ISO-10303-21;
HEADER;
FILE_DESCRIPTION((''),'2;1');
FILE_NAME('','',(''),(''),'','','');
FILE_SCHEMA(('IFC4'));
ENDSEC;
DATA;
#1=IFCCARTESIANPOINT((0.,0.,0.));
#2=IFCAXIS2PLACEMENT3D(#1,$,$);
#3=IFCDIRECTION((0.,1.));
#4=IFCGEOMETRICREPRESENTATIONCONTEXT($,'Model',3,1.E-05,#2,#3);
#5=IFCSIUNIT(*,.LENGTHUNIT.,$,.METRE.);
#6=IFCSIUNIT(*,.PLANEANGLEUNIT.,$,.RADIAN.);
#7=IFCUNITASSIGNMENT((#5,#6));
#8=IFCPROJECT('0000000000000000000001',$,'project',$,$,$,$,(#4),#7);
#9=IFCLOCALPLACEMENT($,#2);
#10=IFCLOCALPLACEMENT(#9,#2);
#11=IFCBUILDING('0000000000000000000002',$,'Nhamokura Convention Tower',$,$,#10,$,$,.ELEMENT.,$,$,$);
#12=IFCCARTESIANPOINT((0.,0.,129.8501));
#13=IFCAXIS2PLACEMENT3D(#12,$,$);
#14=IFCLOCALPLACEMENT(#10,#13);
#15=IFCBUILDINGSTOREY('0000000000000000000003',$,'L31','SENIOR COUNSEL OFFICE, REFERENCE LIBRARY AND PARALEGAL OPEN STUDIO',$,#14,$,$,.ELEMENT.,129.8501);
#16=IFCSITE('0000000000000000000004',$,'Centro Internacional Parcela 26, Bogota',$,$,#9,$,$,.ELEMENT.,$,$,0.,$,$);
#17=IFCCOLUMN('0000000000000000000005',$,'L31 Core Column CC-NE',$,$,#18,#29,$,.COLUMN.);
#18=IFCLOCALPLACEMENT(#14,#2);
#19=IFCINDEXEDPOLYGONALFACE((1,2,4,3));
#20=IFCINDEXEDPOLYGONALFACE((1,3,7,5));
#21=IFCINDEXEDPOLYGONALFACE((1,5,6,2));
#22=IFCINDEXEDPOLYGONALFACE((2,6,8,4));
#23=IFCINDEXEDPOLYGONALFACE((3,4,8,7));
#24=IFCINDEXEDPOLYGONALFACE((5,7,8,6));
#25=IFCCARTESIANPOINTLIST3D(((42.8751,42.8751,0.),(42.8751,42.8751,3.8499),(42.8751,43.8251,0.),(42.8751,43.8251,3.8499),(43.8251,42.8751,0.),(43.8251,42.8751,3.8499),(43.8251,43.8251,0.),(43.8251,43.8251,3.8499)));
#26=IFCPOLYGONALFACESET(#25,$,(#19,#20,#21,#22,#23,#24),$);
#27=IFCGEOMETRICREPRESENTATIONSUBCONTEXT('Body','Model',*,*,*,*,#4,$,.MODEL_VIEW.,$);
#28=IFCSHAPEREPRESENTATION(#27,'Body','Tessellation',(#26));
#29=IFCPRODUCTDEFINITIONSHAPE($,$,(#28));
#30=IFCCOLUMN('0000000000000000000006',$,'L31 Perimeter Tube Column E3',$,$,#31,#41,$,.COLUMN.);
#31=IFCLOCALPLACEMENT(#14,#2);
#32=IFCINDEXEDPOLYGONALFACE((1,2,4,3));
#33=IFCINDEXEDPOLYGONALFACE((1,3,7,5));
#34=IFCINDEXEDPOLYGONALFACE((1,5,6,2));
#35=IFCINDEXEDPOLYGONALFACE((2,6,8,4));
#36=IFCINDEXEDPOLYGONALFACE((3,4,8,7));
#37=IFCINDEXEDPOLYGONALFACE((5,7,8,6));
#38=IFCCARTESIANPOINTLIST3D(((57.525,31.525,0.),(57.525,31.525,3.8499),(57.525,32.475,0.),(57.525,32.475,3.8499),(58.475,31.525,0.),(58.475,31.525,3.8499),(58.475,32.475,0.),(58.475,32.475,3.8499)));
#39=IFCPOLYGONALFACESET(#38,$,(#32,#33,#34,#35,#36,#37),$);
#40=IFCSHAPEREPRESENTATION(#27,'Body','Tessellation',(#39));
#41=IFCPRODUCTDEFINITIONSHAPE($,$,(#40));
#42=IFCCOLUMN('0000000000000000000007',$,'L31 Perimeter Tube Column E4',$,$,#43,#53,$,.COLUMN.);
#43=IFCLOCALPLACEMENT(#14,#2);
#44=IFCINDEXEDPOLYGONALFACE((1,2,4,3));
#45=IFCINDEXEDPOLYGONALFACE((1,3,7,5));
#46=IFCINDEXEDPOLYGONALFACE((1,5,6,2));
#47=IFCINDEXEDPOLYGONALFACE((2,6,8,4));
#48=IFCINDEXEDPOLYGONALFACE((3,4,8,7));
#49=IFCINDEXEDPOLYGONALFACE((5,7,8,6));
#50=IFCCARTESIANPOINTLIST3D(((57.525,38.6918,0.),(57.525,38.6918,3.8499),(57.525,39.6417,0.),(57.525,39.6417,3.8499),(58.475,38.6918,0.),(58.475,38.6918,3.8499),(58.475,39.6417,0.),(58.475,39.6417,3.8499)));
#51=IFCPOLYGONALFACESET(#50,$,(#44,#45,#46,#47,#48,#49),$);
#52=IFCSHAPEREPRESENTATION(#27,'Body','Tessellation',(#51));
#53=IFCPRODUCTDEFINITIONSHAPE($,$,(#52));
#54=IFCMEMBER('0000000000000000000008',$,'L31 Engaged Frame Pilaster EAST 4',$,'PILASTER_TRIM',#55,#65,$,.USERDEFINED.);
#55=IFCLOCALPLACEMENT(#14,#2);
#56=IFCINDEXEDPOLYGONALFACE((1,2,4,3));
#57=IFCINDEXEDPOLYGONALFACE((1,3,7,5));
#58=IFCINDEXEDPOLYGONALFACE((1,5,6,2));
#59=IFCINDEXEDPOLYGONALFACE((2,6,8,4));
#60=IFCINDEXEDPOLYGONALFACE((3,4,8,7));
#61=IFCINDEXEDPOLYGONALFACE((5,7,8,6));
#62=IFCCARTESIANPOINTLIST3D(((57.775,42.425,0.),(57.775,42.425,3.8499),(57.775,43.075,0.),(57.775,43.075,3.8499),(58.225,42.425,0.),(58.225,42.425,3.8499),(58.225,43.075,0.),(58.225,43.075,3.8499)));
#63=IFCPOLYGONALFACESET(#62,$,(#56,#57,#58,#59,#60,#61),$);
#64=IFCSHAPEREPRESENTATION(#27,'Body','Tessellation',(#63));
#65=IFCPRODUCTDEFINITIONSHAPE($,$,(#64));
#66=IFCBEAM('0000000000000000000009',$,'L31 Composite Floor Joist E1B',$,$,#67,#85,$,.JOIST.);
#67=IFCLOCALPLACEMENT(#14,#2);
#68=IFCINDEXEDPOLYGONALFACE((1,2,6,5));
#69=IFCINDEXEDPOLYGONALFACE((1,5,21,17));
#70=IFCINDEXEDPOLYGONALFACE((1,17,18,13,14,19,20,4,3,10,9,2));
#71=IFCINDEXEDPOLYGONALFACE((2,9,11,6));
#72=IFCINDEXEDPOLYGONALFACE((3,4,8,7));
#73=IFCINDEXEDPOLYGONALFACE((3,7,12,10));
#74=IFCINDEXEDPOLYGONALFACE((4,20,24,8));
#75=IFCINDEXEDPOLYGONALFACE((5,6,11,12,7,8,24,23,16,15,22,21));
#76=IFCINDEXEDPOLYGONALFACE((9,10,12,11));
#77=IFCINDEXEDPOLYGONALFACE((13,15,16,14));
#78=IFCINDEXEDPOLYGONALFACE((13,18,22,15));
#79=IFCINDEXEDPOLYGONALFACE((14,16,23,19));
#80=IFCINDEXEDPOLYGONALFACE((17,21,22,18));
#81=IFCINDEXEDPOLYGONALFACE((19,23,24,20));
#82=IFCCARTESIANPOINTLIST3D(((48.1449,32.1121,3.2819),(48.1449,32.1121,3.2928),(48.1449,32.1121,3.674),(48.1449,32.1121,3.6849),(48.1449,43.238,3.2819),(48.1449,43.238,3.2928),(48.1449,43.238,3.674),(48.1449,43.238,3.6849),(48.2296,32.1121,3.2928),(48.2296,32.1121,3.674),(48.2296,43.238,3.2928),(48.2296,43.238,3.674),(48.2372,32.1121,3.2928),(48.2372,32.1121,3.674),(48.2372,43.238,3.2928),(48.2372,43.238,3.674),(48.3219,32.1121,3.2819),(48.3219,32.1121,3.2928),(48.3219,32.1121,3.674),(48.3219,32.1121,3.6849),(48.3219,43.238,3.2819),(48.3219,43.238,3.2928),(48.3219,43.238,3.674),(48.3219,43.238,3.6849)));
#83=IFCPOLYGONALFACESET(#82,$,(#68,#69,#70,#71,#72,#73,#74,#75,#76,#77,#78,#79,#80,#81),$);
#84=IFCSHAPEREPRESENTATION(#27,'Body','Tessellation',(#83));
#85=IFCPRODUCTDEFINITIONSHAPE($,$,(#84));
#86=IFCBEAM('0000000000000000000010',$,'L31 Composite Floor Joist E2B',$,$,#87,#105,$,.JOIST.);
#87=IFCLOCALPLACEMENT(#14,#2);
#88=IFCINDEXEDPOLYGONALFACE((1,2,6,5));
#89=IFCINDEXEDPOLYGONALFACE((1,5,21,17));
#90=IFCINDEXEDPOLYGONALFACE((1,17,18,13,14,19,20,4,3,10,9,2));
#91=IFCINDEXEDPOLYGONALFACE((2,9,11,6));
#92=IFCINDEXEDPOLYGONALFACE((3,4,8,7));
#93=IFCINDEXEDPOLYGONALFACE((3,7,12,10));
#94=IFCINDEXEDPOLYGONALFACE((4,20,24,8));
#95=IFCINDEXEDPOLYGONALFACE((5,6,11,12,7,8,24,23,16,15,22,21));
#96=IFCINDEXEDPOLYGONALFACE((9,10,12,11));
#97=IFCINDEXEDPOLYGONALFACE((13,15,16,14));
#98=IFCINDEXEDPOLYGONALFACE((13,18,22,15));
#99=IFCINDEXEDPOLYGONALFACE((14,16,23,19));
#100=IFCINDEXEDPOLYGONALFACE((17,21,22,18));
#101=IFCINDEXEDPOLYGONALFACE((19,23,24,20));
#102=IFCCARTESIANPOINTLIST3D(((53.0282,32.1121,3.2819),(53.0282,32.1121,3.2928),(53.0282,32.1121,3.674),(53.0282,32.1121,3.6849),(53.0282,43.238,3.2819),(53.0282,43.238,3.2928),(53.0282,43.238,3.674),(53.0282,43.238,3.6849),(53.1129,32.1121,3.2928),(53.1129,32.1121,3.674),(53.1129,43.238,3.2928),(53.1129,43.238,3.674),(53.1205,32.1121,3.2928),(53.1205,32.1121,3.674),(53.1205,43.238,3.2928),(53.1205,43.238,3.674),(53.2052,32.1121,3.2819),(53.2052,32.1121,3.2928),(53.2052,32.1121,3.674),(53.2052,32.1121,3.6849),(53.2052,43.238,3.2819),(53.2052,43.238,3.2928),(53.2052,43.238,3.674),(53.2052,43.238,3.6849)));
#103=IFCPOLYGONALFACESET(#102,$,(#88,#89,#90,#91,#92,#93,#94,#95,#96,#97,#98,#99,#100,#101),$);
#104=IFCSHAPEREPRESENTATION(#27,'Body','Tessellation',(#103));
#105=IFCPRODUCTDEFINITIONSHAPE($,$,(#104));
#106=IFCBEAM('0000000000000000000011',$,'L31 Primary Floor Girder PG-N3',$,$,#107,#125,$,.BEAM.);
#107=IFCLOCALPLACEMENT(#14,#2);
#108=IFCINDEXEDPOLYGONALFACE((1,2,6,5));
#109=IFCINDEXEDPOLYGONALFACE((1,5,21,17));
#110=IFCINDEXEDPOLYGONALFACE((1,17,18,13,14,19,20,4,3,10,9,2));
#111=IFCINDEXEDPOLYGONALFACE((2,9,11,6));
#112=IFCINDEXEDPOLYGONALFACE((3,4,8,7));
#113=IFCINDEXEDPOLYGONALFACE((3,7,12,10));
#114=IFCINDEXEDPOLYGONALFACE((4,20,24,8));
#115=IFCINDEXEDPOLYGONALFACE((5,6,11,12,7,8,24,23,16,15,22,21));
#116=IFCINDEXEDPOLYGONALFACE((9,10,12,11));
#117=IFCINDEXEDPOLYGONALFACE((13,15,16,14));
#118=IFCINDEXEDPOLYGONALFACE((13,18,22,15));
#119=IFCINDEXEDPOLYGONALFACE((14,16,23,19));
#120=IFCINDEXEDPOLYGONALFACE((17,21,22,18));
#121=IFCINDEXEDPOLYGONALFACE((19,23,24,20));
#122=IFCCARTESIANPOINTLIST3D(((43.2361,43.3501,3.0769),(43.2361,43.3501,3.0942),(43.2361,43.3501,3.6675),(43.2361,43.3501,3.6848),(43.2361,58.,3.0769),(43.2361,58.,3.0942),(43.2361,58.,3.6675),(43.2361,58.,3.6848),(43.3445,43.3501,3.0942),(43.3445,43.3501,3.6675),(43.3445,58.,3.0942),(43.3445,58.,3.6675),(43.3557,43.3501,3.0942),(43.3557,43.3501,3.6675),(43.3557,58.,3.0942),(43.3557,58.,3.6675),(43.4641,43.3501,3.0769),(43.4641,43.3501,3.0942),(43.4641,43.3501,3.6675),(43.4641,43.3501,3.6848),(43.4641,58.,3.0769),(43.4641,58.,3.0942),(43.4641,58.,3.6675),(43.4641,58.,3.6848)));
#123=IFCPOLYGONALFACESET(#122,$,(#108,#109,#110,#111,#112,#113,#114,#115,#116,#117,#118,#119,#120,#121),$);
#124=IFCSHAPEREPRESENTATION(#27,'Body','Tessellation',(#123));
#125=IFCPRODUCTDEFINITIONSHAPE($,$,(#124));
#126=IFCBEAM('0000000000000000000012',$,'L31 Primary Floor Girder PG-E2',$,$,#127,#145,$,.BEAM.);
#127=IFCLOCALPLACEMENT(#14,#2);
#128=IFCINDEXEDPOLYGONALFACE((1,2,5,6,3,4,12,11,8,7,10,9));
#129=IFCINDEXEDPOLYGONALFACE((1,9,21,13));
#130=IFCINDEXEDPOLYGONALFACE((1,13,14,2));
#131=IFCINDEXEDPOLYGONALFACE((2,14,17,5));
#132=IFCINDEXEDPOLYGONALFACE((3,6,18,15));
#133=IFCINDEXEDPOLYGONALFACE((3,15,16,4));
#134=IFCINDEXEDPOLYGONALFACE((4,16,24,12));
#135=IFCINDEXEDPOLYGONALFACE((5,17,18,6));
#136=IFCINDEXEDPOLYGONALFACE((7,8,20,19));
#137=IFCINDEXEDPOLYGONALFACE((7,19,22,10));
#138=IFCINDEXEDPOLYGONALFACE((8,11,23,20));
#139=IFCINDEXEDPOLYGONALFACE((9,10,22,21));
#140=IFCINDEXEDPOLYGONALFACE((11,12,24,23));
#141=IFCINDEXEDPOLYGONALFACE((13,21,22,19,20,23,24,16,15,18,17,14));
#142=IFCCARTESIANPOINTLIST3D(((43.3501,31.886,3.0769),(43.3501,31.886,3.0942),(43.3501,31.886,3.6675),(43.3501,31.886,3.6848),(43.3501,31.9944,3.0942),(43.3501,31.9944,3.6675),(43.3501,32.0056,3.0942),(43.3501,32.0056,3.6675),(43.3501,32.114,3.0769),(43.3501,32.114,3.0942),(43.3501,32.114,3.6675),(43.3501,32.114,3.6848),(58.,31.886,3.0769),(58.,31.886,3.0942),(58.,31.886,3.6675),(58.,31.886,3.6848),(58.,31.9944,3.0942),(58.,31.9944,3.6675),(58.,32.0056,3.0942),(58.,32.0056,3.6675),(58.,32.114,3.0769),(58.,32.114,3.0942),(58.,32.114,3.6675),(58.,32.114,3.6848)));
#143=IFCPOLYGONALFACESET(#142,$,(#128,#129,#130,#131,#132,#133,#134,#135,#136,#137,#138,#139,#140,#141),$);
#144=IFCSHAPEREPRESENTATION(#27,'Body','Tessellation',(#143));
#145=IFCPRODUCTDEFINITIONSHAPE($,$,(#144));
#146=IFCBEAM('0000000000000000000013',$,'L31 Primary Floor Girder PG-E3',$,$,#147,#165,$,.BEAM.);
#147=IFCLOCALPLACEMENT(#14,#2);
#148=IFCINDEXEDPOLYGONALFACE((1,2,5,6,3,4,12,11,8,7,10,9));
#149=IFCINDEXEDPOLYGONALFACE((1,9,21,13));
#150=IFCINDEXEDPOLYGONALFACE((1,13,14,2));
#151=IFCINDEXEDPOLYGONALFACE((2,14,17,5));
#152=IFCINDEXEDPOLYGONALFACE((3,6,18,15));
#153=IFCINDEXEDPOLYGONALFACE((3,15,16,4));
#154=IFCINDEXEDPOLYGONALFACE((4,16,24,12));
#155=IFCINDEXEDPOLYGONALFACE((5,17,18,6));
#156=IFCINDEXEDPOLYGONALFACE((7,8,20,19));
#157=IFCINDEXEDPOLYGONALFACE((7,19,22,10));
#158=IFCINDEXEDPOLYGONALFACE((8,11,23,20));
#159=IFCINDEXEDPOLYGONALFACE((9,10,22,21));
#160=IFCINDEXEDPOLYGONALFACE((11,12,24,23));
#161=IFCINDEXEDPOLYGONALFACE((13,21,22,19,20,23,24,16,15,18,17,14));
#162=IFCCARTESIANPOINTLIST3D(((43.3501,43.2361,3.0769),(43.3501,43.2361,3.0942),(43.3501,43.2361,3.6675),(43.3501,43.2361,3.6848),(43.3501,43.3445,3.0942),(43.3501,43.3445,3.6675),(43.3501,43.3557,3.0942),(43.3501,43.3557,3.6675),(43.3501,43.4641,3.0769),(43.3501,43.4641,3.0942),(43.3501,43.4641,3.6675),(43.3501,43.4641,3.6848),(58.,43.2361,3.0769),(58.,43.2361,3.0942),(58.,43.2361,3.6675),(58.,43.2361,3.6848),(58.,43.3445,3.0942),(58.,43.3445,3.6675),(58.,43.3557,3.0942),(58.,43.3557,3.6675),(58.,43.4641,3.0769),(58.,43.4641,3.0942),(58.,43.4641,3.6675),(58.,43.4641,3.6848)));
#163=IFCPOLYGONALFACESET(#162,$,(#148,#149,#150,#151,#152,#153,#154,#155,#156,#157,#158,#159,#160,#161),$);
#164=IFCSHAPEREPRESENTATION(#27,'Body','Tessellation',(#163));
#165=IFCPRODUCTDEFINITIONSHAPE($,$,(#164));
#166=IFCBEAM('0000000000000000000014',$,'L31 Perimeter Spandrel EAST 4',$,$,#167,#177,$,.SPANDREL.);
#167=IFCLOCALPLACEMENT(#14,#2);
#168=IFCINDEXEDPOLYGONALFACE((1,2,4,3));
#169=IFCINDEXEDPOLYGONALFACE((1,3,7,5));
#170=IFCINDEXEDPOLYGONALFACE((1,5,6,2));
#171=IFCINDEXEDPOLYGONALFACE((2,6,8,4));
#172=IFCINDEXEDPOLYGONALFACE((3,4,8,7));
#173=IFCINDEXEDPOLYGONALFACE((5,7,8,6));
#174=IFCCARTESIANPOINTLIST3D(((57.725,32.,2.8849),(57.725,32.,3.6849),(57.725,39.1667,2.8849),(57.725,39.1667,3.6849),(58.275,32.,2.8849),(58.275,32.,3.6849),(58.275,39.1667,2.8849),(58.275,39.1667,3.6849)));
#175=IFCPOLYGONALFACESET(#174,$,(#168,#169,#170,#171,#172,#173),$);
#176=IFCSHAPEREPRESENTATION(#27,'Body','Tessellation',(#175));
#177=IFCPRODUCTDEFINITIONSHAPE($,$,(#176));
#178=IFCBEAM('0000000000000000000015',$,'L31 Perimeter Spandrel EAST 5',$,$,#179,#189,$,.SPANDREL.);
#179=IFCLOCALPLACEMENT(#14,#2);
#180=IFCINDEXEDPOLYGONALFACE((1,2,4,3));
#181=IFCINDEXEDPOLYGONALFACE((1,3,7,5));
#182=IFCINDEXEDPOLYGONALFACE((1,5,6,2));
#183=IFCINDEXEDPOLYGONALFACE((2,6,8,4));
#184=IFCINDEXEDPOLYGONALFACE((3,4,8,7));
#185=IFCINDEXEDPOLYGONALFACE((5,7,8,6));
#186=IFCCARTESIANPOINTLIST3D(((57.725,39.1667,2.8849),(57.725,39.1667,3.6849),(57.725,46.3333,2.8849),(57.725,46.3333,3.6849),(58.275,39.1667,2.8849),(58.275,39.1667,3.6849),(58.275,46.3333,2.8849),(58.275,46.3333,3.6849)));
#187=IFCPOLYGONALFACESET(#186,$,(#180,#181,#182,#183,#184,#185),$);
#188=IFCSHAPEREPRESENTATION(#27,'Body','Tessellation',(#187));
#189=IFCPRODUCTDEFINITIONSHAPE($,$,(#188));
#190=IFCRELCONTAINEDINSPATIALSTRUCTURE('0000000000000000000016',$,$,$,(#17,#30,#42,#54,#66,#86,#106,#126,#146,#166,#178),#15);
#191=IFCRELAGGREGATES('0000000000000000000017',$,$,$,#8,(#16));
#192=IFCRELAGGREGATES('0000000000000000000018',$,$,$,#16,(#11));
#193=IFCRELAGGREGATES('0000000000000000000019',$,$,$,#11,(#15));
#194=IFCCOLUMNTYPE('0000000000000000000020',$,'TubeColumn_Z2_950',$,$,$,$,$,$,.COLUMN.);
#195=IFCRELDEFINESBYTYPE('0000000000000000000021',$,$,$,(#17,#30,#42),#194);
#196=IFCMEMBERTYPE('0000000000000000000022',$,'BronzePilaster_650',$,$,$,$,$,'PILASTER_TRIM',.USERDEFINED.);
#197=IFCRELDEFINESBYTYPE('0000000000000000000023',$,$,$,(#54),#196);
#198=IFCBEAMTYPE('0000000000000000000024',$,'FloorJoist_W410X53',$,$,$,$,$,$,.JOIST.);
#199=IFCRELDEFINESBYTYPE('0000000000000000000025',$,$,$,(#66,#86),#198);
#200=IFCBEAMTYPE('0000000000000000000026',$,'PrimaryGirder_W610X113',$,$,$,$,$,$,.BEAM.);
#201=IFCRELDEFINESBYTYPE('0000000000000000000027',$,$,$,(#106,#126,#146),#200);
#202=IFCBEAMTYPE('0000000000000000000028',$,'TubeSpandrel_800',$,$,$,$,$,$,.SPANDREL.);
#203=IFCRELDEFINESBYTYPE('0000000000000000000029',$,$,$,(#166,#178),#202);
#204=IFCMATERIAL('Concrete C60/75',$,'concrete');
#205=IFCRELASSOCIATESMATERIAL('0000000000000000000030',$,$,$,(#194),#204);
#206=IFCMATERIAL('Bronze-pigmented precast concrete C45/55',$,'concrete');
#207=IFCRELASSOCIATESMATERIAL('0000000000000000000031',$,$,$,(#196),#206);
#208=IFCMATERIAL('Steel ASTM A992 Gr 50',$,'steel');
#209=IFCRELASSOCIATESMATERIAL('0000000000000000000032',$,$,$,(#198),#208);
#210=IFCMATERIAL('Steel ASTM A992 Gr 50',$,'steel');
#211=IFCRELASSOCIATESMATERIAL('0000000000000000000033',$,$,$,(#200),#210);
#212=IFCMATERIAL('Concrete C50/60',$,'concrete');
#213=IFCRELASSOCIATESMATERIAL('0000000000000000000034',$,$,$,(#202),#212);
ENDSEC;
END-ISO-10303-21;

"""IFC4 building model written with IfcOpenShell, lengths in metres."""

from ifc_helpers import new_model, si_unit, direction, frame, origin, origin_2d, place, context, subcontext, project, spatial, rectangle, i_section, extrude, material, material_profile, profile_set, type_object, element, save


model = new_model("IFC4")

# Units and contexts
model_context = context("Model", 3, precision=1e-05, world=origin(), true_north=direction((0.0, 1.0)))
body_context = subcontext(model_context, "Body", "Model", "MODEL_VIEW")
ifc_project = project(units=[si_unit("LENGTHUNIT", "METRE"), si_unit("PLANEANGLEUNIT", "RADIAN")], contexts=[model_context])

# Site, building, storey
site_placement = place(None, origin())
site = spatial("IfcSite", under=ifc_project, at=site_placement, Name="Centro Internacional Parcela 26, Bogota", CompositionType="ELEMENT", RefElevation=0.0)
building_placement = place(site_placement, origin())
building = spatial("IfcBuilding", under=site, at=building_placement, Name="Nhamokura Convention Tower", CompositionType="ELEMENT")
storey_placement = place(building_placement, frame((0.0, 0.0, 129.8501)))
storey = spatial("IfcBuildingStorey", under=building, at=storey_placement, Name="L31", Description="SENIOR COUNSEL OFFICE, REFERENCE LIBRARY AND PARALEGAL OPEN STUDIO", CompositionType="ELEMENT", Elevation=129.8501)

# Columns
ifc_material_1 = material(Name="Concrete C60/75", Category="concrete")
ifc_material_profile_1 = material_profile(ifc_material_1, rectangle(XDim=0.95, YDim=0.95, at=origin_2d()))
ifc_profile_set_1 = profile_set([ifc_material_profile_1], Name="Concrete C60/75")
column_type = type_object("IfcColumnType", Name="TubeColumn_Z2_950", PredefinedType="COLUMN", material=ifc_profile_set_1)
for number, where, z_axis, x_axis, name in (
    (1, (43.3501, 43.3501, 0.0), (0.0, 0.0, 1.0), (1.0, 0.0, 0.0), "L31 Core Column CC-NE"),
    (2, (58.0, 32.0, 0.0), (0.0, 0.0, 1.0), (1.0, 0.0, 0.0), "L31 Perimeter Tube Column E3"),
    (3, (58.0, 39.1667, 0.0), (0.0, 0.0, 1.0), (1.0, 0.0, 0.0), "L31 Perimeter Tube Column E4"),
):
    element("IfcColumn", number, at=place(storey_placement, frame(where, z_axis=z_axis, x_axis=x_axis)), inside=storey, type_object=column_type, Name=name, PredefinedType="COLUMN", context=body_context, shape_type="SweptSolid", body=[
        extrude(rectangle(XDim=0.95, YDim=0.95, at=origin_2d()), origin(), (0.0, 0.0, 1.0), 3.8499),
    ])

# Member
ifc_material_2 = material(Name="Bronze-pigmented precast concrete C45/55", Category="concrete")
ifc_material_profile_2 = material_profile(ifc_material_2, rectangle(XDim=0.45, YDim=0.6499, at=origin_2d()))
ifc_profile_set_2 = profile_set([ifc_material_profile_2], Name="Bronze-pigmented precast concrete C45/55")
member_type = type_object("IfcMemberType", Name="BronzePilaster_650", ElementType="PILASTER_TRIM", PredefinedType="USERDEFINED", material=ifc_profile_set_2)
member_placement = place(storey_placement, frame((58.0, 42.75, 0.0), z_axis=(0.0, 0.0, 1.0), x_axis=(1.0, 0.0, 0.0)))
element("IfcMember", 4, at=member_placement, inside=storey, type_object=member_type, Name="L31 Engaged Frame Pilaster EAST 4", ObjectType="PILASTER_TRIM", PredefinedType="USERDEFINED", context=body_context, shape_type="SweptSolid", body=[
    extrude(rectangle(XDim=0.45, YDim=0.6499, at=origin_2d()), origin(), (0.0, 0.0, 1.0), 3.8499),
])

# Beams
ifc_material_3 = material(Name="Steel ASTM A992 Gr 50", Category="steel")
ifc_material_profile_3 = material_profile(ifc_material_3, i_section(OverallWidth=0.177, OverallDepth=0.4031, WebThickness=0.0076, FlangeThickness=0.011, at=origin_2d()))
ifc_profile_set_3 = profile_set([ifc_material_profile_3], Name="Steel ASTM A992 Gr 50")
beam_type_1 = type_object("IfcBeamType", Name="FloorJoist_W410X53", PredefinedType="JOIST", material=ifc_profile_set_3)
for number, where, z_axis, x_axis, name in (
    (5, (48.2334, 32.1121, 3.4834), (0.0, 1.0, 0.0), (-1.0, 0.0, 0.0), "L31 Composite Floor Joist E1B"),
    (6, (53.1167, 32.1121, 3.4834), (0.0, 1.0, 0.0), (-1.0, 0.0, 0.0), "L31 Composite Floor Joist E2B"),
):
    element("IfcBeam", number, at=place(storey_placement, frame(where, z_axis=z_axis, x_axis=x_axis)), inside=storey, type_object=beam_type_1, Name=name, PredefinedType="JOIST", context=body_context, shape_type="SweptSolid", body=[
        extrude(i_section(OverallWidth=0.177, OverallDepth=0.4031, WebThickness=0.0076, FlangeThickness=0.011, at=origin_2d()), origin(), (0.0, 0.0, 1.0), 11.126),
    ])
ifc_material_4 = material(Name="Steel ASTM A992 Gr 50", Category="steel")
ifc_material_profile_4 = material_profile(ifc_material_4, i_section(OverallWidth=0.228, OverallDepth=0.6079, WebThickness=0.0112, FlangeThickness=0.0173, at=origin_2d()))
ifc_profile_set_4 = profile_set([ifc_material_profile_4], Name="Steel ASTM A992 Gr 50")
beam_type_2 = type_object("IfcBeamType", Name="PrimaryGirder_W610X113", PredefinedType="BEAM", material=ifc_profile_set_4)
for number, where, z_axis, x_axis, name in (
    (7, (43.3501, 43.3501, 3.3809), (0.0, 1.0, 0.0), (-1.0, 0.0, 0.0), "L31 Primary Floor Girder PG-N3"),
    (8, (43.3501, 32.0, 3.3809), (1.0, 0.0, 0.0), (0.0, 1.0, 0.0), "L31 Primary Floor Girder PG-E2"),
    (9, (43.3501, 43.3501, 3.3809), (1.0, 0.0, 0.0), (0.0, 1.0, 0.0), "L31 Primary Floor Girder PG-E3"),
):
    element("IfcBeam", number, at=place(storey_placement, frame(where, z_axis=z_axis, x_axis=x_axis)), inside=storey, type_object=beam_type_2, Name=name, PredefinedType="BEAM", context=body_context, shape_type="SweptSolid", body=[
        extrude(i_section(OverallWidth=0.228, OverallDepth=0.6079, WebThickness=0.0112, FlangeThickness=0.0173, at=origin_2d()), origin(), (0.0, 0.0, 1.0), 14.6499),
    ])
ifc_material_5 = material(Name="Concrete C50/60", Category="concrete")
ifc_material_profile_5 = material_profile(ifc_material_5, rectangle(XDim=0.55, YDim=0.8, at=origin_2d()))
ifc_profile_set_5 = profile_set([ifc_material_profile_5], Name="Concrete C50/60")
beam_type_3 = type_object("IfcBeamType", Name="TubeSpandrel_800", PredefinedType="SPANDREL", material=ifc_profile_set_5)
beam_1_placement = place(storey_placement, frame((58.0, 32.0, 3.2849), z_axis=(0.0, 1.0, 0.0), x_axis=(-1.0, 0.0, 0.0)))
element("IfcBeam", 10, at=beam_1_placement, inside=storey, type_object=beam_type_3, Name="L31 Perimeter Spandrel EAST 4", PredefinedType="SPANDREL", context=body_context, shape_type="SweptSolid", body=[
    extrude(rectangle(XDim=0.55, YDim=0.8, at=origin_2d()), origin(), (0.0, 0.0, 1.0), 7.1667),
])
beam_2_placement = place(storey_placement, frame((58.0, 39.1667, 3.2849), z_axis=(0.0, 1.0, 0.0), x_axis=(-1.0, 0.0, 0.0)))
element("IfcBeam", 11, at=beam_2_placement, inside=storey, type_object=beam_type_3, Name="L31 Perimeter Spandrel EAST 5", PredefinedType="SPANDREL", context=body_context, shape_type="SweptSolid", body=[
    extrude(rectangle(XDim=0.55, YDim=0.8, at=origin_2d()), origin(), (0.0, 0.0, 1.0), 7.1665),
])

save(model, "model.ifc")
